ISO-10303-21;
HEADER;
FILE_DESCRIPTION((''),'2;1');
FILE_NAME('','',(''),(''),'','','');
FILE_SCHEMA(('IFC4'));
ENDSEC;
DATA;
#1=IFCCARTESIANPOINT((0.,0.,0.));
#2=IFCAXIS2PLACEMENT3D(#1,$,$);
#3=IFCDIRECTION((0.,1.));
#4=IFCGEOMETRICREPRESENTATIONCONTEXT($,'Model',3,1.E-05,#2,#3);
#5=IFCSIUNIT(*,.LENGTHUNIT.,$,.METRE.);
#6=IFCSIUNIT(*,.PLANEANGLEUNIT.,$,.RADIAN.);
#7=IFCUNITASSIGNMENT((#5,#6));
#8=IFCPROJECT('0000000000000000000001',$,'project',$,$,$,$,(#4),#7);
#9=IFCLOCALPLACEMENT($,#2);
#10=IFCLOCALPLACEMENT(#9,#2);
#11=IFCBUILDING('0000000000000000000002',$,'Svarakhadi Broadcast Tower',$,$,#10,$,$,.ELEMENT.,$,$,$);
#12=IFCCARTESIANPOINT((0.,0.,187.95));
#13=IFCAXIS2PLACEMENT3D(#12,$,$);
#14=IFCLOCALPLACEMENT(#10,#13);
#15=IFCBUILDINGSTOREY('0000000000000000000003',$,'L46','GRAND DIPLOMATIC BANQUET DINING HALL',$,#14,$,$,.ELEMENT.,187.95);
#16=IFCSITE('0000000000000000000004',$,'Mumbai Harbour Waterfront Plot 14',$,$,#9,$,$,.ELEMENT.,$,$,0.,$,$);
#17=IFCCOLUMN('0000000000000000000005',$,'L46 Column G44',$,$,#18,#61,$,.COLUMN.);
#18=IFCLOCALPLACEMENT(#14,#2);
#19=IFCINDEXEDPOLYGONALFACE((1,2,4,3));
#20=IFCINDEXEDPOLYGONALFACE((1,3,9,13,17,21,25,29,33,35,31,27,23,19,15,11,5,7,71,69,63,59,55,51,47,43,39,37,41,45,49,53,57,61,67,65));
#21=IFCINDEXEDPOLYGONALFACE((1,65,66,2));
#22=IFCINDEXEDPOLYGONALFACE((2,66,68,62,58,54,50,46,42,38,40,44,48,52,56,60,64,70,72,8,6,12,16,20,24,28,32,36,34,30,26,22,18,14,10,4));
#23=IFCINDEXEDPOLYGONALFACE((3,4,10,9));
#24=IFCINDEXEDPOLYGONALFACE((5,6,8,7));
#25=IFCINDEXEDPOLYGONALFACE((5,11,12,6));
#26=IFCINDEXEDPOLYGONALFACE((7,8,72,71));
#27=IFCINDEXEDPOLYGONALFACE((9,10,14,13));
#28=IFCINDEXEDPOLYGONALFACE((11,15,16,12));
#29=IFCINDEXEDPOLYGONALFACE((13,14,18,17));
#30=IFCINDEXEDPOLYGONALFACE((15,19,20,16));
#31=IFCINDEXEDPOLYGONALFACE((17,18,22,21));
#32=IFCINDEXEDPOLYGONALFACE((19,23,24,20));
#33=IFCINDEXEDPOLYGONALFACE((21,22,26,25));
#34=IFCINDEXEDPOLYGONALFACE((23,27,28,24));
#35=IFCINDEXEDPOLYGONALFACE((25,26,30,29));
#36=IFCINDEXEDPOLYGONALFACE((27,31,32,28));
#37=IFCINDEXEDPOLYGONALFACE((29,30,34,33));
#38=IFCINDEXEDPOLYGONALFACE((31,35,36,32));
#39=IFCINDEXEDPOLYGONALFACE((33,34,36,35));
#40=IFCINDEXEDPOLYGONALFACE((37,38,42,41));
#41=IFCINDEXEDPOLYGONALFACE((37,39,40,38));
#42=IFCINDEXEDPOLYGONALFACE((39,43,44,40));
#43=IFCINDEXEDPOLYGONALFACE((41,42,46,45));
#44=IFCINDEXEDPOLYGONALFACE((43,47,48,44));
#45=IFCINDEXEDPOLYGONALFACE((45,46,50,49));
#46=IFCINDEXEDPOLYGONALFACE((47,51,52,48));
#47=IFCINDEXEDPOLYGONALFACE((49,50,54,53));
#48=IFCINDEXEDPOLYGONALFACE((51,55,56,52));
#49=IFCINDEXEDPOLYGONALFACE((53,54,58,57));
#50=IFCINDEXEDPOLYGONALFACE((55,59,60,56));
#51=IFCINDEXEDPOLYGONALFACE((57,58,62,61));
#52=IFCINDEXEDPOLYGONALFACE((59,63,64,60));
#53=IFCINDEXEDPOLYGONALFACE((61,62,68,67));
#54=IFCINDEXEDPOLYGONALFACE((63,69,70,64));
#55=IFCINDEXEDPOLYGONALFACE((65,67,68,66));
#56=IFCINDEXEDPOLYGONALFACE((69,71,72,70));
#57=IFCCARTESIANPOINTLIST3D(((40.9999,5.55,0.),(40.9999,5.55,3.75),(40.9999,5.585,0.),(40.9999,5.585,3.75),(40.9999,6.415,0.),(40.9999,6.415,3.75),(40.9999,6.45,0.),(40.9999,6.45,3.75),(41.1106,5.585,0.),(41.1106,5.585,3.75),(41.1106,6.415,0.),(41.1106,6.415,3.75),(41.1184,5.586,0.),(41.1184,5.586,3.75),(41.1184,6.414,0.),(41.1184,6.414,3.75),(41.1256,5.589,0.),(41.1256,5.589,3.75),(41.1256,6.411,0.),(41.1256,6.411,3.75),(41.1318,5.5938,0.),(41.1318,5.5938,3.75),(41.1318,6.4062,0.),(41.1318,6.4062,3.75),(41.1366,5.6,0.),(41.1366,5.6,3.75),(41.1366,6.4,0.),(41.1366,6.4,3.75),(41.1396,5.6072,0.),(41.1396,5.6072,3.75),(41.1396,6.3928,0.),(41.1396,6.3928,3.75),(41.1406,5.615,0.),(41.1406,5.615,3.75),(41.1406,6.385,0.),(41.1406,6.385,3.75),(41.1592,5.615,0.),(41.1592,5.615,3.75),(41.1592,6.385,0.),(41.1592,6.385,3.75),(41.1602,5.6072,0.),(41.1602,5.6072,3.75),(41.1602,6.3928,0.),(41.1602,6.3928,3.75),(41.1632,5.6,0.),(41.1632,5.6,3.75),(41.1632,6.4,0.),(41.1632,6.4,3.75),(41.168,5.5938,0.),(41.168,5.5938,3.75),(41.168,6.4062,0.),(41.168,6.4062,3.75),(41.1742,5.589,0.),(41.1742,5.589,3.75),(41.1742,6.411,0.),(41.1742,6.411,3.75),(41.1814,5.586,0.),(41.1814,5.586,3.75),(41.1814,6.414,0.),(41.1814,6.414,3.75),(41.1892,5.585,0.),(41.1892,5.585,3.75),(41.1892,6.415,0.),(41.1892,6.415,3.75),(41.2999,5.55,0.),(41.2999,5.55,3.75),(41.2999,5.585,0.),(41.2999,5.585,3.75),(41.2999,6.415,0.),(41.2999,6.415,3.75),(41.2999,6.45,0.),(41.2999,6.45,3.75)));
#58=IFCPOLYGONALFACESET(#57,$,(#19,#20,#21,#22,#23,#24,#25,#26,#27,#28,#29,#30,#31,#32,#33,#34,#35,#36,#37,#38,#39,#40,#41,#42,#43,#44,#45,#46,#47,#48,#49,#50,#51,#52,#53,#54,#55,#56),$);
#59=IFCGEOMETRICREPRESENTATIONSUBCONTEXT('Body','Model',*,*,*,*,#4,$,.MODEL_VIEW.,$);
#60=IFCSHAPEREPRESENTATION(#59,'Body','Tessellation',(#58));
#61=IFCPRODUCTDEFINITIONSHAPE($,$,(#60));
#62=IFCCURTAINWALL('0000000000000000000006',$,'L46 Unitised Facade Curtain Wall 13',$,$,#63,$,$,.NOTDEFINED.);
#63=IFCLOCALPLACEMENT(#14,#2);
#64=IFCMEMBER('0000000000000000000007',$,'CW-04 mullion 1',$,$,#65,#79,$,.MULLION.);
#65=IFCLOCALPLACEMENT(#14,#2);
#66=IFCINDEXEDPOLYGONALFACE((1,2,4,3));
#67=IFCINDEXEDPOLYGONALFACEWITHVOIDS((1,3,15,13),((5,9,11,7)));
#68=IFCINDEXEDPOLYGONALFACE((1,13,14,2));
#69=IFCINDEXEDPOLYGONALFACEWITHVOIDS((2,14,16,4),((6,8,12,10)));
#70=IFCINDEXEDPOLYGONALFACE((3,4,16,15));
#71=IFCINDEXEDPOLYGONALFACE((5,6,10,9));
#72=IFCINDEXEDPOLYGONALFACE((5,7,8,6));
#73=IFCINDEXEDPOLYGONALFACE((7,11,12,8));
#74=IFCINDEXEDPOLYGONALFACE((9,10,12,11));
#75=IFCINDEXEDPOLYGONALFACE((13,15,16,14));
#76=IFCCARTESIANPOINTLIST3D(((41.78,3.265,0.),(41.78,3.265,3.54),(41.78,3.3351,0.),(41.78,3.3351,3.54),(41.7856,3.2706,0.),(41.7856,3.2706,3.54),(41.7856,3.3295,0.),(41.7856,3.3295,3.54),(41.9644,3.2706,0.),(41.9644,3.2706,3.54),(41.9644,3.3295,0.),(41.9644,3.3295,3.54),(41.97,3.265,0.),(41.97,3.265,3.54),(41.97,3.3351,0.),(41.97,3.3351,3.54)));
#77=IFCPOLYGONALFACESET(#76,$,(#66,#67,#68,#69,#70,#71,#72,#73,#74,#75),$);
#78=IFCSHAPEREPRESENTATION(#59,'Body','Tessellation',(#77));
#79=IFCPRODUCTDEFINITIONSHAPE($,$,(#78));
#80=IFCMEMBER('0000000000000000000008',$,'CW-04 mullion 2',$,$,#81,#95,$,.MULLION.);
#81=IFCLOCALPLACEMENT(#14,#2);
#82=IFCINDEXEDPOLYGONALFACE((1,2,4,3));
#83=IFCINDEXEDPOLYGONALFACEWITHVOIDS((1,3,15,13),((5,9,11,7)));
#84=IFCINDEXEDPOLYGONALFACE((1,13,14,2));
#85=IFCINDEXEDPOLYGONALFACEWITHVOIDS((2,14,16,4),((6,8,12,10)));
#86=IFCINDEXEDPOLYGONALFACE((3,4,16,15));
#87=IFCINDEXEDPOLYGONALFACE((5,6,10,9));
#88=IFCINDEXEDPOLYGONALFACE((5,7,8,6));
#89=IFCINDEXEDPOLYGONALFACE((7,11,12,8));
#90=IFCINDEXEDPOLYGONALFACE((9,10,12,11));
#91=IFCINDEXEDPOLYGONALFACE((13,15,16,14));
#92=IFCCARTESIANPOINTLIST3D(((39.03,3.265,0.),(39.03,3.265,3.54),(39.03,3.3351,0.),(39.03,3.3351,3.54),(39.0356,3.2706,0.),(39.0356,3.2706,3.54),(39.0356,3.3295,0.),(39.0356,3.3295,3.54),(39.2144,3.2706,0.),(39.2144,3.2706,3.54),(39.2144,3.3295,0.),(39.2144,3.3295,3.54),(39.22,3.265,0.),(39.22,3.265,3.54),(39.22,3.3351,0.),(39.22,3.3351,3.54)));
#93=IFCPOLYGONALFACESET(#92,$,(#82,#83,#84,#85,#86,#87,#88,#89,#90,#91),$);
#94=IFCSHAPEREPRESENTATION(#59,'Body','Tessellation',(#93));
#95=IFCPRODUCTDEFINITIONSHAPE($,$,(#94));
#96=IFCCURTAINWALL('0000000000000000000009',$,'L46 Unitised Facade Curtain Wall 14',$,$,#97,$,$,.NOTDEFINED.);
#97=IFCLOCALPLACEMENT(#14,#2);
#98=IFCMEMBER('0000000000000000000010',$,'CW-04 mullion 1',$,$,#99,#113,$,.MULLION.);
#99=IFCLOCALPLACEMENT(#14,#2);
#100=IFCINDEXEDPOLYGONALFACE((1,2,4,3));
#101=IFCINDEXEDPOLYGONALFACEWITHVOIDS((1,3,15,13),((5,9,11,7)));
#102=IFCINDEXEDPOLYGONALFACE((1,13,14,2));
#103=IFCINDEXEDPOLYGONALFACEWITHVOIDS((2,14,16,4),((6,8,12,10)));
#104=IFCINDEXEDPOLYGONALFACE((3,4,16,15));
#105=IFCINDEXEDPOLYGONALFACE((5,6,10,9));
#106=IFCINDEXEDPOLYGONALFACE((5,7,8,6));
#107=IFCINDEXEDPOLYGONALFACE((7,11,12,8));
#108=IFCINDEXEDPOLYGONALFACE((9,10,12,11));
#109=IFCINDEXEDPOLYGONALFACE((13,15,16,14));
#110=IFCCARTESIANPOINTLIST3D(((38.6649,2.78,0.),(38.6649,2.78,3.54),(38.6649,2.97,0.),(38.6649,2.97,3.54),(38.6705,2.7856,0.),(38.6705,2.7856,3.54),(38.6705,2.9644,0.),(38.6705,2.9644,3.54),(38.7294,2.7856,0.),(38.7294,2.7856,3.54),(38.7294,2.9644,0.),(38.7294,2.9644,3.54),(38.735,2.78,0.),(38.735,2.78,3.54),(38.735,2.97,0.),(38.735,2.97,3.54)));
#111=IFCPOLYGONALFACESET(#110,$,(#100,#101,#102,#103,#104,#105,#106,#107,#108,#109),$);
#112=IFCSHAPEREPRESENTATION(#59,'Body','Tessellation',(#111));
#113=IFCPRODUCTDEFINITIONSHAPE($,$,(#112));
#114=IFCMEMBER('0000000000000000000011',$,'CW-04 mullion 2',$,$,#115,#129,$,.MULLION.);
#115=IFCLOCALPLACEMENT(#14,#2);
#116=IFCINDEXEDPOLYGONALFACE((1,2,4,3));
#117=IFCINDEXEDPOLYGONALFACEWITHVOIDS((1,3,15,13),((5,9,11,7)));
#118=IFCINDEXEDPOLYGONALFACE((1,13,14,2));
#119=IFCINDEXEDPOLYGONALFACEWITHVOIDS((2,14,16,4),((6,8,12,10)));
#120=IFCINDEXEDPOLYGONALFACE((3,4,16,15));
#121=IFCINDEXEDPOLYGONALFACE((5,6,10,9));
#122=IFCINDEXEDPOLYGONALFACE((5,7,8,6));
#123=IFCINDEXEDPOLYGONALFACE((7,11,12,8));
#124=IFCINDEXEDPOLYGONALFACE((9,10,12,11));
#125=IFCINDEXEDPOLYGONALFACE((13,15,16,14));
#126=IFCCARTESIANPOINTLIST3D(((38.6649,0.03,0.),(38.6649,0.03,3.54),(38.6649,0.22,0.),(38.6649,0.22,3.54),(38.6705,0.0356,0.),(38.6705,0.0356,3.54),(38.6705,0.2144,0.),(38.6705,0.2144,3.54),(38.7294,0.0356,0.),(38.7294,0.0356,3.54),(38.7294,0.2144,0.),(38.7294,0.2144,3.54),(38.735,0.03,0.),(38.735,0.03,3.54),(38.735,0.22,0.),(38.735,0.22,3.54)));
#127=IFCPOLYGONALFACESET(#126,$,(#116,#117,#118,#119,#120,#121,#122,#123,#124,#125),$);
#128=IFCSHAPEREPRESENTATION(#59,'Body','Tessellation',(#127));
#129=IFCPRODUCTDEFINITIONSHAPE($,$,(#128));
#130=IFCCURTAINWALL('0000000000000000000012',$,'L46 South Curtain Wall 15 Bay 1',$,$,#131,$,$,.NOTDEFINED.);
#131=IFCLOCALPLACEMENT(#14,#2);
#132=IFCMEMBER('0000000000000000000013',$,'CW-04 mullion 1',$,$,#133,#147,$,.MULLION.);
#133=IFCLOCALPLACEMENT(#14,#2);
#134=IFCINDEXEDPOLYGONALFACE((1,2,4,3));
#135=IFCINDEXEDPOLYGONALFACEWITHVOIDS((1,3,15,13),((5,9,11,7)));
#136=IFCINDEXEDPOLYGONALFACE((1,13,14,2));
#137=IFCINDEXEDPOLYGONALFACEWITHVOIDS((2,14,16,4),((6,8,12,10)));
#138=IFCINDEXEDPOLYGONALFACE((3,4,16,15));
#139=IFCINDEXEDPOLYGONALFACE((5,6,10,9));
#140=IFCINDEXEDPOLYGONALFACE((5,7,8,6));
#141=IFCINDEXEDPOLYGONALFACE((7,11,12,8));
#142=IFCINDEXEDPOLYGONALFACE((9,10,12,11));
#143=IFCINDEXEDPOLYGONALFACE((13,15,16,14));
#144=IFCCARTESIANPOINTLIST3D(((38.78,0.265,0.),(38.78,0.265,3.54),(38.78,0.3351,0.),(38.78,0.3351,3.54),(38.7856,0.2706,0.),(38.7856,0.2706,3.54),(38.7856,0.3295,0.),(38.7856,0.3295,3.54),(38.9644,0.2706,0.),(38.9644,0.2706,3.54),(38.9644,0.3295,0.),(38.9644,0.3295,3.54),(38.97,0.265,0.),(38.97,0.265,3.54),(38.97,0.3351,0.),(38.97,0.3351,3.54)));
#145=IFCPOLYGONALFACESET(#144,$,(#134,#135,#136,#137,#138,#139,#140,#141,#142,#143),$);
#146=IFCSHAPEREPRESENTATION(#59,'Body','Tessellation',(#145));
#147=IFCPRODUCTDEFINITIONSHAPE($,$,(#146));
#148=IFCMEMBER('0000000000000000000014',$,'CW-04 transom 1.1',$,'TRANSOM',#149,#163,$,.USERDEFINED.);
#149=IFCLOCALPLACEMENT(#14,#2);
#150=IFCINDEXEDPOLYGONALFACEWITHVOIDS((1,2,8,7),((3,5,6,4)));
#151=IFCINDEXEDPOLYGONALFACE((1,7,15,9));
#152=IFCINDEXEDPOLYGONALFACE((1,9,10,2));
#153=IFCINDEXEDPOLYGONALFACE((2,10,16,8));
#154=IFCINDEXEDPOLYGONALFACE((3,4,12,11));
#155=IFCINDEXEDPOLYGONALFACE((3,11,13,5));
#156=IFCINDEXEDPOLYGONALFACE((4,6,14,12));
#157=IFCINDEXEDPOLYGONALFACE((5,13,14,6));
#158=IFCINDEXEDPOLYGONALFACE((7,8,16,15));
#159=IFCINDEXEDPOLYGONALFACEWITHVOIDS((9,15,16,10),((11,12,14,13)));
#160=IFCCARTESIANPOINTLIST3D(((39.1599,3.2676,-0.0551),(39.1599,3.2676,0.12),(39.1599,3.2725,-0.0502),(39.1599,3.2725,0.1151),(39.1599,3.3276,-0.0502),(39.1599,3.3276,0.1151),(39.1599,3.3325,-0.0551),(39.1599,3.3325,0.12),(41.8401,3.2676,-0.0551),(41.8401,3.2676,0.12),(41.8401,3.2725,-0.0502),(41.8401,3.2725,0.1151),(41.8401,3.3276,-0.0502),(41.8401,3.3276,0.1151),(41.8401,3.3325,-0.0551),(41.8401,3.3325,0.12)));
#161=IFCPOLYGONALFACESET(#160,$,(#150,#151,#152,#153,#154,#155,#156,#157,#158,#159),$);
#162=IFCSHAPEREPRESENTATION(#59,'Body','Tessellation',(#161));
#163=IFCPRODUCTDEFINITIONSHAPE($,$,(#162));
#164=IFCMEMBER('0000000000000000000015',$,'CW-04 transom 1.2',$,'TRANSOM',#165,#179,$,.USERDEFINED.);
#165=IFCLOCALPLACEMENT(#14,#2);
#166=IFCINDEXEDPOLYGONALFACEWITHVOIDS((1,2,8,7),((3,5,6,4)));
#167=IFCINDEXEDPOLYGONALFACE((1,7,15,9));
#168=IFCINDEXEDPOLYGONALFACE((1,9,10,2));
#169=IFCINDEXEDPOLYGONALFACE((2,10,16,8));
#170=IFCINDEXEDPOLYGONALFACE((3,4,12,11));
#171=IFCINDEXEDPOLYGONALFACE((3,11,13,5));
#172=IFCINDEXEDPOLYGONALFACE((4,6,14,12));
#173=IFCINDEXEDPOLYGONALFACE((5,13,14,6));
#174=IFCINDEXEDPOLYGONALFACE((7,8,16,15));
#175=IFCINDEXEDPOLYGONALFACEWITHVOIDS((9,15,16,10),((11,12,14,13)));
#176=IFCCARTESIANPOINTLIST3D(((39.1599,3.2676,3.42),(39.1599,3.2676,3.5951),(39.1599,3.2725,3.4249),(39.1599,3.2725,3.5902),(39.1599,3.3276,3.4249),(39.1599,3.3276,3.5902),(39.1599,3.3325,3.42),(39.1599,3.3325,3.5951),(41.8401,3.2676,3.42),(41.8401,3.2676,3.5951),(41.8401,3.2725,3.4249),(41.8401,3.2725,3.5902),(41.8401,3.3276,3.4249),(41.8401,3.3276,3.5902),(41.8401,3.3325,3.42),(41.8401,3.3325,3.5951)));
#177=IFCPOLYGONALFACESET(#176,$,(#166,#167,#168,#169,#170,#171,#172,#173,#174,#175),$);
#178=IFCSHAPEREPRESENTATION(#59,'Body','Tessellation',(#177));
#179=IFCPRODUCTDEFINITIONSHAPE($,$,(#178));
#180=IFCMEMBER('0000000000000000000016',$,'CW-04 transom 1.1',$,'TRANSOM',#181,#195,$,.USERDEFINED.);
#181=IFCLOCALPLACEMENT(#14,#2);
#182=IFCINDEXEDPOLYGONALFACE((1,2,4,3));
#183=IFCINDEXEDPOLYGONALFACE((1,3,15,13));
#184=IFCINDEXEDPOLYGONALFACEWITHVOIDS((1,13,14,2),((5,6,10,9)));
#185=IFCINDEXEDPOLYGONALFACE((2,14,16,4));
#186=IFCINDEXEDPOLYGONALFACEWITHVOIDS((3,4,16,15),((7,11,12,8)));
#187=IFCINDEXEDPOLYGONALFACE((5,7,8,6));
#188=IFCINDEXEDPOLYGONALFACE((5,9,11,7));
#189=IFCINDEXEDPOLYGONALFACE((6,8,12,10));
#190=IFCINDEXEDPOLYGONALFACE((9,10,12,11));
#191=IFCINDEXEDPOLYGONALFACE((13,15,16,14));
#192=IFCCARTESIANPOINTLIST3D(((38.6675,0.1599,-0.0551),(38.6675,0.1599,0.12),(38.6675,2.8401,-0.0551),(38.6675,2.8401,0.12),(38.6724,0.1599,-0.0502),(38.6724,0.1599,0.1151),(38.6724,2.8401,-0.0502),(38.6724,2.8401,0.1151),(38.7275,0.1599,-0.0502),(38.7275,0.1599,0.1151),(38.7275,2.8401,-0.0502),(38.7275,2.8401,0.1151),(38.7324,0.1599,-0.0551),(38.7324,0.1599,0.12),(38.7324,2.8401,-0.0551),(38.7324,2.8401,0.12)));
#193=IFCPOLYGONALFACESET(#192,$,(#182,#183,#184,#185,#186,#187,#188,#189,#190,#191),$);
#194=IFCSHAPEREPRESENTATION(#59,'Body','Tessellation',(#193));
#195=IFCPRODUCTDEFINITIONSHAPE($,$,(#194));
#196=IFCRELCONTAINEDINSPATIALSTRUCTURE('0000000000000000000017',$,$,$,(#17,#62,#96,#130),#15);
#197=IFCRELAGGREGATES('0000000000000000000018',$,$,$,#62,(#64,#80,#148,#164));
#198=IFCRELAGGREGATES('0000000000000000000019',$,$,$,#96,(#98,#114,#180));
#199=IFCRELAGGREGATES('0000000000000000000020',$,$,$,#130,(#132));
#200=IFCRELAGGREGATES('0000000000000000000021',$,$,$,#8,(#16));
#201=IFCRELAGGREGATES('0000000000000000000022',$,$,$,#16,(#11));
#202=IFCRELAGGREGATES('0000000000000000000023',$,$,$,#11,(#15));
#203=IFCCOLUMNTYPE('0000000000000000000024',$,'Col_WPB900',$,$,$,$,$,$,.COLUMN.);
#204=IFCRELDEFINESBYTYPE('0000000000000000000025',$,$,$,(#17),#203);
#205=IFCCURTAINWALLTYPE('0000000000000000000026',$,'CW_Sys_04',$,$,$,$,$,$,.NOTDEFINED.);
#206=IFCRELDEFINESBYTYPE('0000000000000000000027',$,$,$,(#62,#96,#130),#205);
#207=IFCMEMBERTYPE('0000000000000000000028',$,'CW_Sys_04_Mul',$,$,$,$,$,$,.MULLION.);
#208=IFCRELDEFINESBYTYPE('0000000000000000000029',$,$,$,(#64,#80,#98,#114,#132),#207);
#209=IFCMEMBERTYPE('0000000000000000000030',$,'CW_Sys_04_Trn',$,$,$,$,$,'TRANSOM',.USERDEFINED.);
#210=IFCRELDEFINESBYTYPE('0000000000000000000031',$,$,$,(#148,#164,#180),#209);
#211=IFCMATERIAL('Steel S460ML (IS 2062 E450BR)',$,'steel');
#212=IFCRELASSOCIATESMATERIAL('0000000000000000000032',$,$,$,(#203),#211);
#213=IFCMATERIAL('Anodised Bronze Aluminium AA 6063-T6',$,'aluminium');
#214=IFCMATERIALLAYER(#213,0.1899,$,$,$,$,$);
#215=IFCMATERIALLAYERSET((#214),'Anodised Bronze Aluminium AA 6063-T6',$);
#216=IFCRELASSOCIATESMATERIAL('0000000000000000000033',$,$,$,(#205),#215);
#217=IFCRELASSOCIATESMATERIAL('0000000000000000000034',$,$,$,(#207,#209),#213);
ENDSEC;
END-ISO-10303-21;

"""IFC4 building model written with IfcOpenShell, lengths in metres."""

from ifc_helpers import new_model, si_unit, direction, frame, origin, origin_2d, place, context, subcontext, project, spatial, hollow_rectangle, i_section, extrude, material, layer, layer_set, material_profile, profile_set, type_object, element, aggregate, save


model = new_model("IFC4")

# Units and contexts
model_context = context("Model", 3, precision=1e-05, world=origin(), true_north=direction((0.0, 1.0)))
body_context = subcontext(model_context, "Body", "Model", "MODEL_VIEW")
ifc_project = project(units=[si_unit("LENGTHUNIT", "METRE"), si_unit("PLANEANGLEUNIT", "RADIAN")], contexts=[model_context])

# Site, building, storey
site_placement = place(None, origin())
site = spatial("IfcSite", under=ifc_project, at=site_placement, Name="Mumbai Harbour Waterfront Plot 14", CompositionType="ELEMENT", RefElevation=0.0)
building_placement = place(site_placement, origin())
building = spatial("IfcBuilding", under=site, at=building_placement, Name="Svarakhadi Broadcast Tower", CompositionType="ELEMENT")
storey_placement = place(building_placement, frame((0.0, 0.0, 187.95)))
storey = spatial("IfcBuildingStorey", under=building, at=storey_placement, Name="L46", Description="GRAND DIPLOMATIC BANQUET DINING HALL", CompositionType="ELEMENT", Elevation=187.95)

# Column
ifc_material_1 = material(Name="Steel S460ML (IS 2062 E450BR)", Category="steel")
ifc_material_profile_1 = material_profile(ifc_material_1, i_section(OverallWidth=0.3, OverallDepth=0.8999, WebThickness=0.0186, FlangeThickness=0.0349, FilletRadius=0.03, at=origin_2d()), Name="WPB 900x300x291")
ifc_profile_set_1 = profile_set([ifc_material_profile_1], Name="Steel S460ML (IS 2062 E450BR)")
column_type = type_object("IfcColumnType", Name="Col_WPB900", PredefinedType="COLUMN", material=ifc_profile_set_1)
column_placement = place(storey_placement, frame((41.1499, 6.0, 0.0), z_axis=(0.0, 0.0, 1.0), x_axis=(1.0, 0.0, 0.0)))
element("IfcColumn", 1, at=column_placement, inside=storey, type_object=column_type, Name="L46 Column G44", PredefinedType="COLUMN", context=body_context, shape_type="SweptSolid", body=[
    extrude(i_section(OverallWidth=0.3, OverallDepth=0.8999, WebThickness=0.0186, FlangeThickness=0.0349, FilletRadius=0.03, at=origin_2d()), origin(), (0.0, 0.0, 1.0), 3.75),
])

# Curtain walls, members
ifc_material_2 = material(Name="Anodised Bronze Aluminium AA 6063-T6", Category="aluminium")
ifc_layer_1 = layer(ifc_material_2, 0.1899)
ifc_layer_set_1 = layer_set([ifc_layer_1], Name="Anodised Bronze Aluminium AA 6063-T6")
curtain_wall_type = type_object("IfcCurtainWallType", Name="CW_Sys_04", PredefinedType="NOTDEFINED", material=ifc_layer_set_1)
curtain_wall_1_placement = place(storey_placement, origin())
curtain_wall_1 = element("IfcCurtainWall", 2, at=curtain_wall_1_placement, inside=storey, type_object=curtain_wall_type, Name="L46 Unitised Facade Curtain Wall 13", PredefinedType="NOTDEFINED")
ifc_material_profile_2 = material_profile(ifc_material_2, hollow_rectangle(XDim=0.0701, YDim=0.1899, WallThickness=0.0056, at=origin_2d()), Name="ALU MULLION 190x70x6")
ifc_profile_set_2 = profile_set([ifc_material_profile_2], Name="Anodised Bronze Aluminium AA 6063-T6")
member_type_1 = type_object("IfcMemberType", Name="CW_Sys_04_Mul", PredefinedType="MULLION", material=ifc_profile_set_2)
member_1_placement = place(storey_placement, frame((41.875, 3.3, 0.0), z_axis=(0.0, 0.0, 1.0), x_axis=(0.0, -1.0, 0.0)))
member_1 = element("IfcMember", 3, at=member_1_placement, type_object=member_type_1, Name="CW-04 mullion 1", PredefinedType="MULLION", context=body_context, shape_type="SweptSolid", body=[
    extrude(hollow_rectangle(XDim=0.0701, YDim=0.1899, WallThickness=0.0056, at=origin_2d()), origin(), (0.0, 0.0, 1.0), 3.54),
])
member_2_placement = place(storey_placement, frame((39.125, 3.3, 0.0), z_axis=(0.0, 0.0, 1.0), x_axis=(0.0, -1.0, 0.0)))
member_2 = element("IfcMember", 4, at=member_2_placement, type_object=member_type_1, Name="CW-04 mullion 2", PredefinedType="MULLION", context=body_context, shape_type="SweptSolid", body=[
    extrude(hollow_rectangle(XDim=0.0701, YDim=0.1899, WallThickness=0.0056, at=origin_2d()), origin(), (0.0, 0.0, 1.0), 3.54),
])
curtain_wall_2_placement = place(storey_placement, origin())
curtain_wall_2 = element("IfcCurtainWall", 5, at=curtain_wall_2_placement, inside=storey, type_object=curtain_wall_type, Name="L46 Unitised Facade Curtain Wall 14", PredefinedType="NOTDEFINED")
member_3_placement = place(storey_placement, frame((38.7, 2.875, 0.0), z_axis=(0.0, 0.0, 1.0), x_axis=(1.0, 0.0, 0.0)))
member_3 = element("IfcMember", 6, at=member_3_placement, type_object=member_type_1, Name="CW-04 mullion 1", PredefinedType="MULLION", context=body_context, shape_type="SweptSolid", body=[
    extrude(hollow_rectangle(XDim=0.0701, YDim=0.1899, WallThickness=0.0056, at=origin_2d()), origin(), (0.0, 0.0, 1.0), 3.54),
])
member_4_placement = place(storey_placement, frame((38.7, 0.125, 0.0), z_axis=(0.0, 0.0, 1.0), x_axis=(1.0, 0.0, 0.0)))
member_4 = element("IfcMember", 7, at=member_4_placement, type_object=member_type_1, Name="CW-04 mullion 2", PredefinedType="MULLION", context=body_context, shape_type="SweptSolid", body=[
    extrude(hollow_rectangle(XDim=0.0701, YDim=0.1899, WallThickness=0.0056, at=origin_2d()), origin(), (0.0, 0.0, 1.0), 3.54),
])

# Curtain wall, member
curtain_wall_3_placement = place(storey_placement, origin())
curtain_wall_3 = element("IfcCurtainWall", 8, at=curtain_wall_3_placement, inside=storey, type_object=curtain_wall_type, Name="L46 South Curtain Wall 15 Bay 1", PredefinedType="NOTDEFINED")
member_5_placement = place(storey_placement, frame((38.875, 0.3, 0.0), z_axis=(0.0, 0.0, 1.0), x_axis=(0.0, -1.0, 0.0)))
member_5 = element("IfcMember", 9, at=member_5_placement, type_object=member_type_1, Name="CW-04 mullion 1", PredefinedType="MULLION", context=body_context, shape_type="SweptSolid", body=[
    extrude(hollow_rectangle(XDim=0.0701, YDim=0.1899, WallThickness=0.0056, at=origin_2d()), origin(), (0.0, 0.0, 1.0), 3.54),
])

# Members
ifc_material_profile_3 = material_profile(ifc_material_2, hollow_rectangle(XDim=0.0649, YDim=0.175, WallThickness=0.0049, at=origin_2d()), Name="ALU TRANSOM 175x65x5")
ifc_profile_set_3 = profile_set([ifc_material_profile_3], Name="Anodised Bronze Aluminium AA 6063-T6")
member_type_2 = type_object("IfcMemberType", Name="CW_Sys_04_Trn", ElementType="TRANSOM", PredefinedType="USERDEFINED", material=ifc_profile_set_3)
member_6_placement = place(storey_placement, frame((41.8401, 3.3, 0.0325), z_axis=(-1.0, 0.0, 0.0), x_axis=(0.0, -1.0, 0.0)))
member_6 = element("IfcMember", 10, at=member_6_placement, type_object=member_type_2, Name="CW-04 transom 1.1", ObjectType="TRANSOM", PredefinedType="USERDEFINED", context=body_context, shape_type="SweptSolid", body=[
    extrude(hollow_rectangle(XDim=0.0649, YDim=0.175, WallThickness=0.0049, at=origin_2d()), origin(), (0.0, 0.0, 1.0), 2.6802),
])
member_7_placement = place(storey_placement, frame((41.8401, 3.3, 3.5076), z_axis=(-1.0, 0.0, 0.0), x_axis=(0.0, -1.0, 0.0)))
member_7 = element("IfcMember", 11, at=member_7_placement, type_object=member_type_2, Name="CW-04 transom 1.2", ObjectType="TRANSOM", PredefinedType="USERDEFINED", context=body_context, shape_type="SweptSolid", body=[
    extrude(hollow_rectangle(XDim=0.0649, YDim=0.175, WallThickness=0.0049, at=origin_2d()), origin(), (0.0, 0.0, 1.0), 2.6802),
])
member_8_placement = place(storey_placement, frame((38.7, 2.8401, 0.0325), z_axis=(0.0, -1.0, 0.0), x_axis=(1.0, 0.0, 0.0)))
member_8 = element("IfcMember", 12, at=member_8_placement, type_object=member_type_2, Name="CW-04 transom 1.1", ObjectType="TRANSOM", PredefinedType="USERDEFINED", context=body_context, shape_type="SweptSolid", body=[
    extrude(hollow_rectangle(XDim=0.0649, YDim=0.175, WallThickness=0.0049, at=origin_2d()), origin(), (0.0, 0.0, 1.0), 2.6802),
])

aggregate(curtain_wall_1, [member_1, member_2, member_6, member_7])
aggregate(curtain_wall_2, [member_3, member_4, member_8])
aggregate(curtain_wall_3, [member_5])

save(model, "model.ifc")
